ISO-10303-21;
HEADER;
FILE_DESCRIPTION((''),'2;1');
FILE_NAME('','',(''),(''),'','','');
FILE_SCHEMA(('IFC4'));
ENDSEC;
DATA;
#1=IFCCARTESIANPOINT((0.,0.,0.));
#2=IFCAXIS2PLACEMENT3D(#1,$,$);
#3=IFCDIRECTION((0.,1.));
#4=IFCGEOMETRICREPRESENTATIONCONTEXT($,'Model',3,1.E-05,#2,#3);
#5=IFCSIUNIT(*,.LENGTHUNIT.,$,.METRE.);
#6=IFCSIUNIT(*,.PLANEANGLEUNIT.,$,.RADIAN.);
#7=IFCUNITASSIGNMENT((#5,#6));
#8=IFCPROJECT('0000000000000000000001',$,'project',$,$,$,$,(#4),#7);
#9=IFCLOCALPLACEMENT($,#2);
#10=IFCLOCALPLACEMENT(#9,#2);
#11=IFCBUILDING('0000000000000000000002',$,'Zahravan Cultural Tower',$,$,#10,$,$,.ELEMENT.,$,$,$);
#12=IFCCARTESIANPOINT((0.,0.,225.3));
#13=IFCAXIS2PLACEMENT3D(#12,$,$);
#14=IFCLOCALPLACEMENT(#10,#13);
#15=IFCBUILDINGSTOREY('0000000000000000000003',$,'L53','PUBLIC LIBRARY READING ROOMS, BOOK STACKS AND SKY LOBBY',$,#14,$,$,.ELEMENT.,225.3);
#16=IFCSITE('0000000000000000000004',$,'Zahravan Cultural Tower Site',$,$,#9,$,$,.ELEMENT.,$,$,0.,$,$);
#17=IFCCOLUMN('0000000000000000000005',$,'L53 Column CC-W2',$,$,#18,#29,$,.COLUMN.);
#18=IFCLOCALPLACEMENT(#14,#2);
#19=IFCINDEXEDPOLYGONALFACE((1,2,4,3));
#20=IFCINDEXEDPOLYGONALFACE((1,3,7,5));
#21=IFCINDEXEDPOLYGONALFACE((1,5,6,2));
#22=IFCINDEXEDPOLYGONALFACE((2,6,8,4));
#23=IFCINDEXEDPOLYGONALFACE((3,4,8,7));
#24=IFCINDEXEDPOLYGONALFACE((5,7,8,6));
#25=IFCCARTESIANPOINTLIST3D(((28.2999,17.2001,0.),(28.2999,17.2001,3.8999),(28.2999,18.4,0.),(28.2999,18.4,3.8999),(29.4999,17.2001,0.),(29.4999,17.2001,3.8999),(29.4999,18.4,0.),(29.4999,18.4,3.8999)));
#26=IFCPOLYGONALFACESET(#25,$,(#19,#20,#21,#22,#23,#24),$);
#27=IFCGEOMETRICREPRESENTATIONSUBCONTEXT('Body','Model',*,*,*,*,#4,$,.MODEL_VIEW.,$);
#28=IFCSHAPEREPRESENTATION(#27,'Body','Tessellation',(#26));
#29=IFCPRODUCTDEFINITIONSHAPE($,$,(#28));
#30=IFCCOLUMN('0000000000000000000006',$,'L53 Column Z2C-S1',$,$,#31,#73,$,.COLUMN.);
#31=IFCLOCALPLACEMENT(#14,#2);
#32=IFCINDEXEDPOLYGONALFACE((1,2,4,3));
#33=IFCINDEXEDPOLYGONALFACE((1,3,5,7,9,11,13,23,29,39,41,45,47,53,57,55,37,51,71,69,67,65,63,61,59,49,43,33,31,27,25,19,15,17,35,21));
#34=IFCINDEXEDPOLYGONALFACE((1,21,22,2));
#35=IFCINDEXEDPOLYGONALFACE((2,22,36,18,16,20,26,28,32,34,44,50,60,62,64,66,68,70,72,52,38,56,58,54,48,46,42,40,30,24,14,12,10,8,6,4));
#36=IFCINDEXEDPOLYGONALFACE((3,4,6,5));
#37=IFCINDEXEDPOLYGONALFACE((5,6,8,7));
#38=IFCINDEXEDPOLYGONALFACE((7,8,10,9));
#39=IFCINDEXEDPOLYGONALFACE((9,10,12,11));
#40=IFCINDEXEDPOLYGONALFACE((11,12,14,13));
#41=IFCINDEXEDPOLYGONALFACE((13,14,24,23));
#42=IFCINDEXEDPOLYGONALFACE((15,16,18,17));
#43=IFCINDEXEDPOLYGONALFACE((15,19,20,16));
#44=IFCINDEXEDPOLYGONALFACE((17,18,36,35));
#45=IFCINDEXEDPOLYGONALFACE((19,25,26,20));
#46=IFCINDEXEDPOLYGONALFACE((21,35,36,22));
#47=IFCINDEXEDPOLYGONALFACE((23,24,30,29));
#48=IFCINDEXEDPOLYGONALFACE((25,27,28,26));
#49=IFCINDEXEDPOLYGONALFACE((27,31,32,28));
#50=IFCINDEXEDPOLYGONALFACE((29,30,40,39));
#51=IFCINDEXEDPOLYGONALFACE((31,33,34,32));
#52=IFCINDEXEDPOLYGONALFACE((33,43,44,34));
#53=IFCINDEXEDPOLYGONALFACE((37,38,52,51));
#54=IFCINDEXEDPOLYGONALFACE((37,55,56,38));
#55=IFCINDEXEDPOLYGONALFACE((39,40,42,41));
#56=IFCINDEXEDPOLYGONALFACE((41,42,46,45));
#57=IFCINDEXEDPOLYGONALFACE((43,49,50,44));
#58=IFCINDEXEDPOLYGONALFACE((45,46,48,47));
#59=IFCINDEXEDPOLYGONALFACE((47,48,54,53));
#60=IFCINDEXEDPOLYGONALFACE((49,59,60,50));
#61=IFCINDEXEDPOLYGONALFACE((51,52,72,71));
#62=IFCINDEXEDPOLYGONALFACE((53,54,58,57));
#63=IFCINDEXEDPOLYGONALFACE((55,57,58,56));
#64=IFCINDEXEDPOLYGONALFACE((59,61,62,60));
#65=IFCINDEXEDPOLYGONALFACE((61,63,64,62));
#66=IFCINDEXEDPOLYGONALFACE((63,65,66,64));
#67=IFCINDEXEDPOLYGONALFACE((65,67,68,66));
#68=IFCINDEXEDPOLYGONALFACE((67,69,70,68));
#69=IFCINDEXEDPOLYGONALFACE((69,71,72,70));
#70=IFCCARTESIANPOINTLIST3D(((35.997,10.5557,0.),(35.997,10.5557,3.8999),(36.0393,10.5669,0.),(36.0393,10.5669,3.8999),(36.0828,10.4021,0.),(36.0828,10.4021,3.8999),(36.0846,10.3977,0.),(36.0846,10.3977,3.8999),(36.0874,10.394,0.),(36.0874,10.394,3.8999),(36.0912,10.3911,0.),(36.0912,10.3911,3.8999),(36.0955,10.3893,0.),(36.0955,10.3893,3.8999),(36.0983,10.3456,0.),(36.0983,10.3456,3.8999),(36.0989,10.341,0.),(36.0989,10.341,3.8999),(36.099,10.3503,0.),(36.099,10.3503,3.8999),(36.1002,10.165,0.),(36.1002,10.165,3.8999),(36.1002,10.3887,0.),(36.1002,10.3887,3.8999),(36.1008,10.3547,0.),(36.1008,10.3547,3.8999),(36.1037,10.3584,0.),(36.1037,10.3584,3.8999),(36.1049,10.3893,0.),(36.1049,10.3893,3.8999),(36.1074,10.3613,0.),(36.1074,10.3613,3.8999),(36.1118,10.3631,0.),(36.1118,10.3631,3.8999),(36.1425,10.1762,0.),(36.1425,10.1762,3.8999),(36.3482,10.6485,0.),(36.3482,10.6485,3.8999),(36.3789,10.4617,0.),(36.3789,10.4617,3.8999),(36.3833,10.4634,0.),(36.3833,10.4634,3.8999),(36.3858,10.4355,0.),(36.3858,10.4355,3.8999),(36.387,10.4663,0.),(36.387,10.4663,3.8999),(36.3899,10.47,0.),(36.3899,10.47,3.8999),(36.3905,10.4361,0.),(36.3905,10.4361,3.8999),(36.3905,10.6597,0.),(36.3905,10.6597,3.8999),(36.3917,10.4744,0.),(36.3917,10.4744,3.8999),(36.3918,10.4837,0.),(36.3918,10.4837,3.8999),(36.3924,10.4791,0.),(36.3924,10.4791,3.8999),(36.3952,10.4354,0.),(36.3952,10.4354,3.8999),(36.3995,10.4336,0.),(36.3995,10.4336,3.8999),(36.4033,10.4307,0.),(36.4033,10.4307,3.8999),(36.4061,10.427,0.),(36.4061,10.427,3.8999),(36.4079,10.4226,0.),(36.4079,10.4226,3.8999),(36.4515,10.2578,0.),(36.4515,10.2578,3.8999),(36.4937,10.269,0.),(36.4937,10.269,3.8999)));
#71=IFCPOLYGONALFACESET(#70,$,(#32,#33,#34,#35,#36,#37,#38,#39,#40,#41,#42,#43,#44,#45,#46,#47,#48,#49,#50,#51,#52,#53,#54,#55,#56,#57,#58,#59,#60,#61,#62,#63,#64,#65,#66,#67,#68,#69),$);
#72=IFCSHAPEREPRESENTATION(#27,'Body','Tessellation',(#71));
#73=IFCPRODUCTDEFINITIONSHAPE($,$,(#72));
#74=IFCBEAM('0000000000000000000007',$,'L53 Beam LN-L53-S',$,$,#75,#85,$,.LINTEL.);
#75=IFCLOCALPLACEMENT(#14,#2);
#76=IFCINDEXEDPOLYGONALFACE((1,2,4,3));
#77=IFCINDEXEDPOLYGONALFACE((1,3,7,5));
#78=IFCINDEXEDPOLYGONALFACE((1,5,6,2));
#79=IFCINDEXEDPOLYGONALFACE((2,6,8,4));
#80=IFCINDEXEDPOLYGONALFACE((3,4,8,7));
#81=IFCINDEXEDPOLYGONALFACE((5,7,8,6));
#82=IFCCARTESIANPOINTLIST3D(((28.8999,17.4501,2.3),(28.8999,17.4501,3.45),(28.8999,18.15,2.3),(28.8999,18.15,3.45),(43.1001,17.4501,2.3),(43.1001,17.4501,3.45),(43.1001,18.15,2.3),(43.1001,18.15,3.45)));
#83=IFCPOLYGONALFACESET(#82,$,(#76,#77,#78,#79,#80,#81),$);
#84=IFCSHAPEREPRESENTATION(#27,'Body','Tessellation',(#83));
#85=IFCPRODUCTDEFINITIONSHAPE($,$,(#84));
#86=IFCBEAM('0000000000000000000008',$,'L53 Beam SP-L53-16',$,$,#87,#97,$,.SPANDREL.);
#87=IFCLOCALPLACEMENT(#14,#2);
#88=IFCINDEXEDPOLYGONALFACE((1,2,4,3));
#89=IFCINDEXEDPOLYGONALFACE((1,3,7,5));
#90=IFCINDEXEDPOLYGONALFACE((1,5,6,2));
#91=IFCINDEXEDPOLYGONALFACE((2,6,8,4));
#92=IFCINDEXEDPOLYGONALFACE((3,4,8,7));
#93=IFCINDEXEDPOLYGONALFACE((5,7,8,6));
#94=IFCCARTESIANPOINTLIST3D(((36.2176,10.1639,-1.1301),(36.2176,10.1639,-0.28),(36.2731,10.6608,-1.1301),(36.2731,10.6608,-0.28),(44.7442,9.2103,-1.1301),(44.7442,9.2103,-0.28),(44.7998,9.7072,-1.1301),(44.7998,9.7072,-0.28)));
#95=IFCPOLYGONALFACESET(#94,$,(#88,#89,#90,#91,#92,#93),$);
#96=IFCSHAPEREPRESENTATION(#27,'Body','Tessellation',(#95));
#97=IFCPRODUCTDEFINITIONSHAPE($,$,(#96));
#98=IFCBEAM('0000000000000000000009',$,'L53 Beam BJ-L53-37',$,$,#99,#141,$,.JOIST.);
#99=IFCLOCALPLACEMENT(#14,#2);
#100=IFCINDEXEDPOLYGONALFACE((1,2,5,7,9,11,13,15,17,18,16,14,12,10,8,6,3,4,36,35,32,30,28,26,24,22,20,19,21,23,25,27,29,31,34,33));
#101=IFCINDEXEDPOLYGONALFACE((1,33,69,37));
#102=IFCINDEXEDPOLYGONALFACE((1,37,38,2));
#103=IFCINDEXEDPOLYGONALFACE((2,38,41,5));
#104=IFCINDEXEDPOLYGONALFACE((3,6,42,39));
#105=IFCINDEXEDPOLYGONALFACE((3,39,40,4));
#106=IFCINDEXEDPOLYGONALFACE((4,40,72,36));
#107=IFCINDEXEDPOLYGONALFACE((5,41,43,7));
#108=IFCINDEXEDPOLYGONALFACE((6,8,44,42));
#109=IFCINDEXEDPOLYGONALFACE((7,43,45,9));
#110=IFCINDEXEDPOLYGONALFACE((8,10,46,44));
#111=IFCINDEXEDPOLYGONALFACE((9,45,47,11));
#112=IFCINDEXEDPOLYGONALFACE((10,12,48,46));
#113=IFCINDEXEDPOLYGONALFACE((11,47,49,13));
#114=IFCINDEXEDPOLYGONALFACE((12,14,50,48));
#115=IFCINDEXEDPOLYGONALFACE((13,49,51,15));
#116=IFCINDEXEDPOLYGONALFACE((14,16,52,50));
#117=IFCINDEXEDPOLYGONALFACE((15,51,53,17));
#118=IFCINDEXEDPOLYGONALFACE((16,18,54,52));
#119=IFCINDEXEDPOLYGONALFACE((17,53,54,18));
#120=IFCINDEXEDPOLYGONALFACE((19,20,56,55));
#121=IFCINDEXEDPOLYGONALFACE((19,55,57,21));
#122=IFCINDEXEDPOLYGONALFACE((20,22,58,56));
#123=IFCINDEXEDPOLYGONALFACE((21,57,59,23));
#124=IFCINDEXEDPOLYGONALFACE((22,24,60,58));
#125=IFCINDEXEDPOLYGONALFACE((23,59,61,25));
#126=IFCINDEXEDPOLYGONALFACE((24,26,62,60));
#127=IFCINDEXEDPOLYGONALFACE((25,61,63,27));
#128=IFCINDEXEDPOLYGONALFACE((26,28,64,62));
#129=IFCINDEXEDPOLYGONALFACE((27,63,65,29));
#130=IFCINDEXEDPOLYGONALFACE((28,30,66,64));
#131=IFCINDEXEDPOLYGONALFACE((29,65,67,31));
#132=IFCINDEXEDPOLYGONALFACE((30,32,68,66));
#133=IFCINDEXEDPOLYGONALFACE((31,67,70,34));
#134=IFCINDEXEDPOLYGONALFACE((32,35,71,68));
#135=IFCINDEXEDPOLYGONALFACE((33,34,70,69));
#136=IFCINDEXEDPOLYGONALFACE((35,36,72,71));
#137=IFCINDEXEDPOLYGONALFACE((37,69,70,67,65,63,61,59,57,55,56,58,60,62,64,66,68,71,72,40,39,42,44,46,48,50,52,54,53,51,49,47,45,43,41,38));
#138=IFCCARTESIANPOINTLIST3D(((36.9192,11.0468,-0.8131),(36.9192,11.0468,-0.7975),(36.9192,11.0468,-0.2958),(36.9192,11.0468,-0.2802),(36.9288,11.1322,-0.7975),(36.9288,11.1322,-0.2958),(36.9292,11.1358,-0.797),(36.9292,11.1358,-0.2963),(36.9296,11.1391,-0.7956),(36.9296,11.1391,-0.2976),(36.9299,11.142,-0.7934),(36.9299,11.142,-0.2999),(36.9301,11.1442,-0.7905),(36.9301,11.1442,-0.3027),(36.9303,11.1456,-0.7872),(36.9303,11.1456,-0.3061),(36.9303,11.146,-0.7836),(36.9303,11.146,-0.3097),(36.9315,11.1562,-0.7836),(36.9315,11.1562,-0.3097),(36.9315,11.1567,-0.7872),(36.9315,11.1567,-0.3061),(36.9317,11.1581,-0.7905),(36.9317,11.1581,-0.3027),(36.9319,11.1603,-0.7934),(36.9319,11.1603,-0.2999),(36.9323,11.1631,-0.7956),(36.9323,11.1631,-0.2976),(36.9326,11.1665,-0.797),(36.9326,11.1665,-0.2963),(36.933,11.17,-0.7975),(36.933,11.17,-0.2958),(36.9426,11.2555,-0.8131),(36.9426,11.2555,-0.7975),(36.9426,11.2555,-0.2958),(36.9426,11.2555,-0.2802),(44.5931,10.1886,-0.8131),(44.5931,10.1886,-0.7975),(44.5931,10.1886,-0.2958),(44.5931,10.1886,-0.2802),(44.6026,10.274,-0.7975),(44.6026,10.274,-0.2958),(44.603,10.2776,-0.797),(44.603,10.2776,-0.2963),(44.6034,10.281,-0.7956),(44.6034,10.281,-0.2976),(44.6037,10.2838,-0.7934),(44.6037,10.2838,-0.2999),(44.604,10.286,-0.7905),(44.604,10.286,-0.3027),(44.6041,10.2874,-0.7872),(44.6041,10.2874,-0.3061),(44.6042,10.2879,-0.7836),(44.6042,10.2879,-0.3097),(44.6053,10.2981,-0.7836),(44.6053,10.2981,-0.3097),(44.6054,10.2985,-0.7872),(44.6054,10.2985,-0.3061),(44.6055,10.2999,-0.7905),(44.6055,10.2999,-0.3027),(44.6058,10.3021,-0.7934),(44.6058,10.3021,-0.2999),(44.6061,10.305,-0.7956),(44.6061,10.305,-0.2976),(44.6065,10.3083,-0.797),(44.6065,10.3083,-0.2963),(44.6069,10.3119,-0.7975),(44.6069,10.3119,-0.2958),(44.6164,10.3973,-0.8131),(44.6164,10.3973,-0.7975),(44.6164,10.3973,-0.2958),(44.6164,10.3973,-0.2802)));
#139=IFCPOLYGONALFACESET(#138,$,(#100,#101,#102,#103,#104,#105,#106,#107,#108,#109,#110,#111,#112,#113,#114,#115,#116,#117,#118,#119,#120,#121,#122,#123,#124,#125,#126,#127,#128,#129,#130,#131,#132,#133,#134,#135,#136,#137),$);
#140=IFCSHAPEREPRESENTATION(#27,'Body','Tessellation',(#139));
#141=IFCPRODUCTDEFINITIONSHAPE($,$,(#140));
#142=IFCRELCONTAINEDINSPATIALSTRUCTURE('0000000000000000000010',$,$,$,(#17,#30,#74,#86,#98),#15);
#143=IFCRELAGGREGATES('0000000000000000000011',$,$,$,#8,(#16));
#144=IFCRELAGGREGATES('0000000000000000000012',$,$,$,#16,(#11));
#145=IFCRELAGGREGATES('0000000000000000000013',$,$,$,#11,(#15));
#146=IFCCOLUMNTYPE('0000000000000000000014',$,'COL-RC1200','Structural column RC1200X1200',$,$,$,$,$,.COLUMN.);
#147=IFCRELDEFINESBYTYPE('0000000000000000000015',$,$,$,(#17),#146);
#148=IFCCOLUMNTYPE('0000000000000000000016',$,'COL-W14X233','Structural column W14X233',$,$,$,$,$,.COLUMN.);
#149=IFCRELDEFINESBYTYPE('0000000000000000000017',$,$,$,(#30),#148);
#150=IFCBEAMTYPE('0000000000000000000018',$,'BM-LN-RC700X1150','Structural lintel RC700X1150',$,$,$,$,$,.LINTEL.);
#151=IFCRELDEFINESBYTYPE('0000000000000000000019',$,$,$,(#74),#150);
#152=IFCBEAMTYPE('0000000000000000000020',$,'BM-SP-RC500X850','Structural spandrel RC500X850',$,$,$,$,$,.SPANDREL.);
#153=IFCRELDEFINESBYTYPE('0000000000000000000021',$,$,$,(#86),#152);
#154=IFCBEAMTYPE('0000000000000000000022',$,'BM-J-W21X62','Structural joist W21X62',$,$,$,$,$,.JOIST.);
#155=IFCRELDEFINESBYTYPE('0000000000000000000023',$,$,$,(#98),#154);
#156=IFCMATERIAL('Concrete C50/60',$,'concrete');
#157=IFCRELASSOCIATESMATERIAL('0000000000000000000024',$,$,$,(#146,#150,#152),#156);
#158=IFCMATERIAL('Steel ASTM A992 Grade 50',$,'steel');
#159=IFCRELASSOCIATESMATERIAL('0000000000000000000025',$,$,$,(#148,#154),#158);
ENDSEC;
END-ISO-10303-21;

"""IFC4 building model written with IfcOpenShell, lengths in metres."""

from ifc_helpers import new_model, si_unit, direction, frame, origin, origin_2d, place, context, subcontext, project, spatial, rectangle, i_section, extrude, source, transform, mapped, material, material_profile, profile_set, type_object, element, save


model = new_model("IFC4")

# Units and contexts
model_context = context("Model", 3, precision=1e-05, world=origin(), true_north=direction((0.0, 1.0)))
body_context = subcontext(model_context, "Body", "Model", "MODEL_VIEW")
ifc_project = project(units=[si_unit("LENGTHUNIT", "METRE"), si_unit("PLANEANGLEUNIT", "RADIAN")], contexts=[model_context])

# Site, building, storey
site_placement = place(None, origin())
site = spatial("IfcSite", under=ifc_project, at=site_placement, Name="Zahravan Cultural Tower Site", CompositionType="ELEMENT", RefElevation=0.0)
building_placement = place(site_placement, origin())
building = spatial("IfcBuilding", under=site, at=building_placement, Name="Zahravan Cultural Tower", CompositionType="ELEMENT")
storey_placement = place(building_placement, frame((0.0, 0.0, 225.3)))
storey = spatial("IfcBuildingStorey", under=building, at=storey_placement, Name="L53", Description="PUBLIC LIBRARY READING ROOMS, BOOK STACKS AND SKY LOBBY", CompositionType="ELEMENT", Elevation=225.3)

# Columns
ifc_material_1 = material(Name="Concrete C50/60", Category="concrete")
ifc_material_profile_1 = material_profile(ifc_material_1, rectangle(XDim=1.2, YDim=1.2, at=origin_2d()), Name="RC1200X1200")
ifc_profile_set_1 = profile_set([ifc_material_profile_1], Name="Concrete C50/60")
column_type_1 = type_object("IfcColumnType", Name="COL-RC1200", Description="Structural column RC1200X1200", PredefinedType="COLUMN", material=ifc_profile_set_1)
shared_shape_1 = source(origin(), body_context, "Body", "SweptSolid", [
    extrude(rectangle(XDim=1.2, YDim=1.2, at=origin_2d()), origin(), (0.0, 0.0, 1.0), 3.8999),
])
column_1_placement = place(storey_placement, frame((28.8999, 17.8, 0.0), z_axis=(0.0, 0.0, 1.0), x_axis=(1.0, 0.0, 0.0)))
element("IfcColumn", 1, at=column_1_placement, inside=storey, type_object=column_type_1, Name="L53 Column CC-W2", PredefinedType="COLUMN", context=body_context, shape_type="MappedRepresentation", body=[
    mapped(shared_shape_1, transform((0.0, 0.0, 0.0), x_axis=(1.0, 0.0, 0.0), y_axis=(0.0, 1.0, 0.0), z_axis=(0.0, 0.0, 1.0), scale=1.0)),
])
ifc_material_2 = material(Name="Steel ASTM A992 Grade 50", Category="steel")
ifc_material_profile_2 = material_profile(ifc_material_2, i_section(OverallWidth=0.4041, OverallDepth=0.407, WebThickness=0.0271, FlangeThickness=0.0437, FilletRadius=0.0181, at=origin_2d()), Name="W14X233")
ifc_profile_set_2 = profile_set([ifc_material_profile_2], Name="Steel ASTM A992 Grade 50")
column_type_2 = type_object("IfcColumnType", Name="COL-W14X233", Description="Structural column W14X233", PredefinedType="COLUMN", material=ifc_profile_set_2)
shared_shape_2 = source(origin(), body_context, "Body", "SweptSolid", [
    extrude(i_section(OverallWidth=0.4041, OverallDepth=0.407, WebThickness=0.0271, FlangeThickness=0.0437, FilletRadius=0.0181, at=origin_2d()), origin(), (0.0, 0.0, 1.0), 3.8999),
])
column_2_placement = place(storey_placement, frame((36.2454, 10.4124, 0.0), z_axis=(0.0, 0.0, 1.0), x_axis=(-0.255446, 0.966823, 0.0)))
element("IfcColumn", 2, at=column_2_placement, inside=storey, type_object=column_type_2, Name="L53 Column Z2C-S1", PredefinedType="COLUMN", context=body_context, shape_type="MappedRepresentation", body=[
    mapped(shared_shape_2, transform((0.0, 0.0, 0.0), x_axis=(1.0, 0.0, 0.0), y_axis=(0.0, 1.0, 0.0), z_axis=(0.0, 0.0, 1.0), scale=1.0)),
])

# Beams
ifc_material_profile_3 = material_profile(ifc_material_1, rectangle(XDim=0.7, YDim=1.1499, at=origin_2d()), Name="RC700X1150")
ifc_profile_set_3 = profile_set([ifc_material_profile_3], Name="Concrete C50/60")
beam_type_1 = type_object("IfcBeamType", Name="BM-LN-RC700X1150", Description="Structural lintel RC700X1150", PredefinedType="LINTEL", material=ifc_profile_set_3)
shared_shape_3 = source(origin(), body_context, "Body", "SweptSolid", [
    extrude(rectangle(XDim=0.7, YDim=1.1499, at=origin_2d()), origin(), (0.0, 0.0, 1.0), 14.2002),
])
beam_1_placement = place(storey_placement, frame((28.8999, 17.8, 2.875), z_axis=(1.0, 0.0, 0.0), x_axis=(0.0, 1.0, 0.0)))
element("IfcBeam", 3, at=beam_1_placement, inside=storey, type_object=beam_type_1, Name="L53 Beam LN-L53-S", PredefinedType="LINTEL", context=body_context, shape_type="MappedRepresentation", body=[
    mapped(shared_shape_3, transform((0.0, 0.0, 0.0), x_axis=(1.0, 0.0, 0.0), y_axis=(0.0, 1.0, 0.0), z_axis=(0.0, 0.0, 1.0), scale=1.0)),
])
ifc_material_profile_4 = material_profile(ifc_material_1, rectangle(XDim=0.5, YDim=0.8501, at=origin_2d()), Name="RC500X850")
ifc_profile_set_4 = profile_set([ifc_material_profile_4], Name="Concrete C50/60")
beam_type_2 = type_object("IfcBeamType", Name="BM-SP-RC500X850", Description="Structural spandrel RC500X850", PredefinedType="SPANDREL", material=ifc_profile_set_4)
shared_shape_4 = source(origin(), body_context, "Body", "SweptSolid", [
    extrude(rectangle(XDim=0.5, YDim=0.8501, at=origin_2d()), origin(), (0.0, 0.0, 1.0), 8.5798),
])
beam_2_placement = place(storey_placement, frame((36.2454, 10.4124, -0.7051), z_axis=(0.993804, -0.111147, 0.0), x_axis=(0.111147, 0.993804, 0.0)))
element("IfcBeam", 4, at=beam_2_placement, inside=storey, type_object=beam_type_2, Name="L53 Beam SP-L53-16", PredefinedType="SPANDREL", context=body_context, shape_type="MappedRepresentation", body=[
    mapped(shared_shape_4, transform((0.0, 0.0, 0.0), x_axis=(1.0, 0.0, 0.0), y_axis=(0.0, 1.0, 0.0), z_axis=(0.0, 0.0, 1.0), scale=1.0)),
])
ifc_material_profile_5 = material_profile(ifc_material_2, i_section(OverallWidth=0.21, OverallDepth=0.533, WebThickness=0.0103, FlangeThickness=0.0156, FilletRadius=0.0139, at=origin_2d()), Name="W21X62")
ifc_profile_set_5 = profile_set([ifc_material_profile_5], Name="Steel ASTM A992 Grade 50")
beam_type_3 = type_object("IfcBeamType", Name="BM-J-W21X62", Description="Structural joist W21X62", PredefinedType="JOIST", material=ifc_profile_set_5)
shared_shape_5 = source(origin(), body_context, "Body", "SweptSolid", [
    extrude(i_section(OverallWidth=0.21, OverallDepth=0.533, WebThickness=0.0103, FlangeThickness=0.0156, FilletRadius=0.0139, at=origin_2d()), origin(), (0.0, 0.0, 1.0), 7.7217),
])
beam_3_placement = place(storey_placement, frame((36.9309, 11.1511, -0.5466), z_axis=(0.993805, -0.111136, 0.0), x_axis=(0.111136, 0.993805, 0.0)))
element("IfcBeam", 5, at=beam_3_placement, inside=storey, type_object=beam_type_3, Name="L53 Beam BJ-L53-37", PredefinedType="JOIST", context=body_context, shape_type="MappedRepresentation", body=[
    mapped(shared_shape_5, transform((0.0, 0.0, 0.0), x_axis=(1.0, 0.0, 0.0), y_axis=(0.0, 1.0, 0.0), z_axis=(0.0, 0.0, 1.0), scale=1.0)),
])

save(model, "model.ifc")
